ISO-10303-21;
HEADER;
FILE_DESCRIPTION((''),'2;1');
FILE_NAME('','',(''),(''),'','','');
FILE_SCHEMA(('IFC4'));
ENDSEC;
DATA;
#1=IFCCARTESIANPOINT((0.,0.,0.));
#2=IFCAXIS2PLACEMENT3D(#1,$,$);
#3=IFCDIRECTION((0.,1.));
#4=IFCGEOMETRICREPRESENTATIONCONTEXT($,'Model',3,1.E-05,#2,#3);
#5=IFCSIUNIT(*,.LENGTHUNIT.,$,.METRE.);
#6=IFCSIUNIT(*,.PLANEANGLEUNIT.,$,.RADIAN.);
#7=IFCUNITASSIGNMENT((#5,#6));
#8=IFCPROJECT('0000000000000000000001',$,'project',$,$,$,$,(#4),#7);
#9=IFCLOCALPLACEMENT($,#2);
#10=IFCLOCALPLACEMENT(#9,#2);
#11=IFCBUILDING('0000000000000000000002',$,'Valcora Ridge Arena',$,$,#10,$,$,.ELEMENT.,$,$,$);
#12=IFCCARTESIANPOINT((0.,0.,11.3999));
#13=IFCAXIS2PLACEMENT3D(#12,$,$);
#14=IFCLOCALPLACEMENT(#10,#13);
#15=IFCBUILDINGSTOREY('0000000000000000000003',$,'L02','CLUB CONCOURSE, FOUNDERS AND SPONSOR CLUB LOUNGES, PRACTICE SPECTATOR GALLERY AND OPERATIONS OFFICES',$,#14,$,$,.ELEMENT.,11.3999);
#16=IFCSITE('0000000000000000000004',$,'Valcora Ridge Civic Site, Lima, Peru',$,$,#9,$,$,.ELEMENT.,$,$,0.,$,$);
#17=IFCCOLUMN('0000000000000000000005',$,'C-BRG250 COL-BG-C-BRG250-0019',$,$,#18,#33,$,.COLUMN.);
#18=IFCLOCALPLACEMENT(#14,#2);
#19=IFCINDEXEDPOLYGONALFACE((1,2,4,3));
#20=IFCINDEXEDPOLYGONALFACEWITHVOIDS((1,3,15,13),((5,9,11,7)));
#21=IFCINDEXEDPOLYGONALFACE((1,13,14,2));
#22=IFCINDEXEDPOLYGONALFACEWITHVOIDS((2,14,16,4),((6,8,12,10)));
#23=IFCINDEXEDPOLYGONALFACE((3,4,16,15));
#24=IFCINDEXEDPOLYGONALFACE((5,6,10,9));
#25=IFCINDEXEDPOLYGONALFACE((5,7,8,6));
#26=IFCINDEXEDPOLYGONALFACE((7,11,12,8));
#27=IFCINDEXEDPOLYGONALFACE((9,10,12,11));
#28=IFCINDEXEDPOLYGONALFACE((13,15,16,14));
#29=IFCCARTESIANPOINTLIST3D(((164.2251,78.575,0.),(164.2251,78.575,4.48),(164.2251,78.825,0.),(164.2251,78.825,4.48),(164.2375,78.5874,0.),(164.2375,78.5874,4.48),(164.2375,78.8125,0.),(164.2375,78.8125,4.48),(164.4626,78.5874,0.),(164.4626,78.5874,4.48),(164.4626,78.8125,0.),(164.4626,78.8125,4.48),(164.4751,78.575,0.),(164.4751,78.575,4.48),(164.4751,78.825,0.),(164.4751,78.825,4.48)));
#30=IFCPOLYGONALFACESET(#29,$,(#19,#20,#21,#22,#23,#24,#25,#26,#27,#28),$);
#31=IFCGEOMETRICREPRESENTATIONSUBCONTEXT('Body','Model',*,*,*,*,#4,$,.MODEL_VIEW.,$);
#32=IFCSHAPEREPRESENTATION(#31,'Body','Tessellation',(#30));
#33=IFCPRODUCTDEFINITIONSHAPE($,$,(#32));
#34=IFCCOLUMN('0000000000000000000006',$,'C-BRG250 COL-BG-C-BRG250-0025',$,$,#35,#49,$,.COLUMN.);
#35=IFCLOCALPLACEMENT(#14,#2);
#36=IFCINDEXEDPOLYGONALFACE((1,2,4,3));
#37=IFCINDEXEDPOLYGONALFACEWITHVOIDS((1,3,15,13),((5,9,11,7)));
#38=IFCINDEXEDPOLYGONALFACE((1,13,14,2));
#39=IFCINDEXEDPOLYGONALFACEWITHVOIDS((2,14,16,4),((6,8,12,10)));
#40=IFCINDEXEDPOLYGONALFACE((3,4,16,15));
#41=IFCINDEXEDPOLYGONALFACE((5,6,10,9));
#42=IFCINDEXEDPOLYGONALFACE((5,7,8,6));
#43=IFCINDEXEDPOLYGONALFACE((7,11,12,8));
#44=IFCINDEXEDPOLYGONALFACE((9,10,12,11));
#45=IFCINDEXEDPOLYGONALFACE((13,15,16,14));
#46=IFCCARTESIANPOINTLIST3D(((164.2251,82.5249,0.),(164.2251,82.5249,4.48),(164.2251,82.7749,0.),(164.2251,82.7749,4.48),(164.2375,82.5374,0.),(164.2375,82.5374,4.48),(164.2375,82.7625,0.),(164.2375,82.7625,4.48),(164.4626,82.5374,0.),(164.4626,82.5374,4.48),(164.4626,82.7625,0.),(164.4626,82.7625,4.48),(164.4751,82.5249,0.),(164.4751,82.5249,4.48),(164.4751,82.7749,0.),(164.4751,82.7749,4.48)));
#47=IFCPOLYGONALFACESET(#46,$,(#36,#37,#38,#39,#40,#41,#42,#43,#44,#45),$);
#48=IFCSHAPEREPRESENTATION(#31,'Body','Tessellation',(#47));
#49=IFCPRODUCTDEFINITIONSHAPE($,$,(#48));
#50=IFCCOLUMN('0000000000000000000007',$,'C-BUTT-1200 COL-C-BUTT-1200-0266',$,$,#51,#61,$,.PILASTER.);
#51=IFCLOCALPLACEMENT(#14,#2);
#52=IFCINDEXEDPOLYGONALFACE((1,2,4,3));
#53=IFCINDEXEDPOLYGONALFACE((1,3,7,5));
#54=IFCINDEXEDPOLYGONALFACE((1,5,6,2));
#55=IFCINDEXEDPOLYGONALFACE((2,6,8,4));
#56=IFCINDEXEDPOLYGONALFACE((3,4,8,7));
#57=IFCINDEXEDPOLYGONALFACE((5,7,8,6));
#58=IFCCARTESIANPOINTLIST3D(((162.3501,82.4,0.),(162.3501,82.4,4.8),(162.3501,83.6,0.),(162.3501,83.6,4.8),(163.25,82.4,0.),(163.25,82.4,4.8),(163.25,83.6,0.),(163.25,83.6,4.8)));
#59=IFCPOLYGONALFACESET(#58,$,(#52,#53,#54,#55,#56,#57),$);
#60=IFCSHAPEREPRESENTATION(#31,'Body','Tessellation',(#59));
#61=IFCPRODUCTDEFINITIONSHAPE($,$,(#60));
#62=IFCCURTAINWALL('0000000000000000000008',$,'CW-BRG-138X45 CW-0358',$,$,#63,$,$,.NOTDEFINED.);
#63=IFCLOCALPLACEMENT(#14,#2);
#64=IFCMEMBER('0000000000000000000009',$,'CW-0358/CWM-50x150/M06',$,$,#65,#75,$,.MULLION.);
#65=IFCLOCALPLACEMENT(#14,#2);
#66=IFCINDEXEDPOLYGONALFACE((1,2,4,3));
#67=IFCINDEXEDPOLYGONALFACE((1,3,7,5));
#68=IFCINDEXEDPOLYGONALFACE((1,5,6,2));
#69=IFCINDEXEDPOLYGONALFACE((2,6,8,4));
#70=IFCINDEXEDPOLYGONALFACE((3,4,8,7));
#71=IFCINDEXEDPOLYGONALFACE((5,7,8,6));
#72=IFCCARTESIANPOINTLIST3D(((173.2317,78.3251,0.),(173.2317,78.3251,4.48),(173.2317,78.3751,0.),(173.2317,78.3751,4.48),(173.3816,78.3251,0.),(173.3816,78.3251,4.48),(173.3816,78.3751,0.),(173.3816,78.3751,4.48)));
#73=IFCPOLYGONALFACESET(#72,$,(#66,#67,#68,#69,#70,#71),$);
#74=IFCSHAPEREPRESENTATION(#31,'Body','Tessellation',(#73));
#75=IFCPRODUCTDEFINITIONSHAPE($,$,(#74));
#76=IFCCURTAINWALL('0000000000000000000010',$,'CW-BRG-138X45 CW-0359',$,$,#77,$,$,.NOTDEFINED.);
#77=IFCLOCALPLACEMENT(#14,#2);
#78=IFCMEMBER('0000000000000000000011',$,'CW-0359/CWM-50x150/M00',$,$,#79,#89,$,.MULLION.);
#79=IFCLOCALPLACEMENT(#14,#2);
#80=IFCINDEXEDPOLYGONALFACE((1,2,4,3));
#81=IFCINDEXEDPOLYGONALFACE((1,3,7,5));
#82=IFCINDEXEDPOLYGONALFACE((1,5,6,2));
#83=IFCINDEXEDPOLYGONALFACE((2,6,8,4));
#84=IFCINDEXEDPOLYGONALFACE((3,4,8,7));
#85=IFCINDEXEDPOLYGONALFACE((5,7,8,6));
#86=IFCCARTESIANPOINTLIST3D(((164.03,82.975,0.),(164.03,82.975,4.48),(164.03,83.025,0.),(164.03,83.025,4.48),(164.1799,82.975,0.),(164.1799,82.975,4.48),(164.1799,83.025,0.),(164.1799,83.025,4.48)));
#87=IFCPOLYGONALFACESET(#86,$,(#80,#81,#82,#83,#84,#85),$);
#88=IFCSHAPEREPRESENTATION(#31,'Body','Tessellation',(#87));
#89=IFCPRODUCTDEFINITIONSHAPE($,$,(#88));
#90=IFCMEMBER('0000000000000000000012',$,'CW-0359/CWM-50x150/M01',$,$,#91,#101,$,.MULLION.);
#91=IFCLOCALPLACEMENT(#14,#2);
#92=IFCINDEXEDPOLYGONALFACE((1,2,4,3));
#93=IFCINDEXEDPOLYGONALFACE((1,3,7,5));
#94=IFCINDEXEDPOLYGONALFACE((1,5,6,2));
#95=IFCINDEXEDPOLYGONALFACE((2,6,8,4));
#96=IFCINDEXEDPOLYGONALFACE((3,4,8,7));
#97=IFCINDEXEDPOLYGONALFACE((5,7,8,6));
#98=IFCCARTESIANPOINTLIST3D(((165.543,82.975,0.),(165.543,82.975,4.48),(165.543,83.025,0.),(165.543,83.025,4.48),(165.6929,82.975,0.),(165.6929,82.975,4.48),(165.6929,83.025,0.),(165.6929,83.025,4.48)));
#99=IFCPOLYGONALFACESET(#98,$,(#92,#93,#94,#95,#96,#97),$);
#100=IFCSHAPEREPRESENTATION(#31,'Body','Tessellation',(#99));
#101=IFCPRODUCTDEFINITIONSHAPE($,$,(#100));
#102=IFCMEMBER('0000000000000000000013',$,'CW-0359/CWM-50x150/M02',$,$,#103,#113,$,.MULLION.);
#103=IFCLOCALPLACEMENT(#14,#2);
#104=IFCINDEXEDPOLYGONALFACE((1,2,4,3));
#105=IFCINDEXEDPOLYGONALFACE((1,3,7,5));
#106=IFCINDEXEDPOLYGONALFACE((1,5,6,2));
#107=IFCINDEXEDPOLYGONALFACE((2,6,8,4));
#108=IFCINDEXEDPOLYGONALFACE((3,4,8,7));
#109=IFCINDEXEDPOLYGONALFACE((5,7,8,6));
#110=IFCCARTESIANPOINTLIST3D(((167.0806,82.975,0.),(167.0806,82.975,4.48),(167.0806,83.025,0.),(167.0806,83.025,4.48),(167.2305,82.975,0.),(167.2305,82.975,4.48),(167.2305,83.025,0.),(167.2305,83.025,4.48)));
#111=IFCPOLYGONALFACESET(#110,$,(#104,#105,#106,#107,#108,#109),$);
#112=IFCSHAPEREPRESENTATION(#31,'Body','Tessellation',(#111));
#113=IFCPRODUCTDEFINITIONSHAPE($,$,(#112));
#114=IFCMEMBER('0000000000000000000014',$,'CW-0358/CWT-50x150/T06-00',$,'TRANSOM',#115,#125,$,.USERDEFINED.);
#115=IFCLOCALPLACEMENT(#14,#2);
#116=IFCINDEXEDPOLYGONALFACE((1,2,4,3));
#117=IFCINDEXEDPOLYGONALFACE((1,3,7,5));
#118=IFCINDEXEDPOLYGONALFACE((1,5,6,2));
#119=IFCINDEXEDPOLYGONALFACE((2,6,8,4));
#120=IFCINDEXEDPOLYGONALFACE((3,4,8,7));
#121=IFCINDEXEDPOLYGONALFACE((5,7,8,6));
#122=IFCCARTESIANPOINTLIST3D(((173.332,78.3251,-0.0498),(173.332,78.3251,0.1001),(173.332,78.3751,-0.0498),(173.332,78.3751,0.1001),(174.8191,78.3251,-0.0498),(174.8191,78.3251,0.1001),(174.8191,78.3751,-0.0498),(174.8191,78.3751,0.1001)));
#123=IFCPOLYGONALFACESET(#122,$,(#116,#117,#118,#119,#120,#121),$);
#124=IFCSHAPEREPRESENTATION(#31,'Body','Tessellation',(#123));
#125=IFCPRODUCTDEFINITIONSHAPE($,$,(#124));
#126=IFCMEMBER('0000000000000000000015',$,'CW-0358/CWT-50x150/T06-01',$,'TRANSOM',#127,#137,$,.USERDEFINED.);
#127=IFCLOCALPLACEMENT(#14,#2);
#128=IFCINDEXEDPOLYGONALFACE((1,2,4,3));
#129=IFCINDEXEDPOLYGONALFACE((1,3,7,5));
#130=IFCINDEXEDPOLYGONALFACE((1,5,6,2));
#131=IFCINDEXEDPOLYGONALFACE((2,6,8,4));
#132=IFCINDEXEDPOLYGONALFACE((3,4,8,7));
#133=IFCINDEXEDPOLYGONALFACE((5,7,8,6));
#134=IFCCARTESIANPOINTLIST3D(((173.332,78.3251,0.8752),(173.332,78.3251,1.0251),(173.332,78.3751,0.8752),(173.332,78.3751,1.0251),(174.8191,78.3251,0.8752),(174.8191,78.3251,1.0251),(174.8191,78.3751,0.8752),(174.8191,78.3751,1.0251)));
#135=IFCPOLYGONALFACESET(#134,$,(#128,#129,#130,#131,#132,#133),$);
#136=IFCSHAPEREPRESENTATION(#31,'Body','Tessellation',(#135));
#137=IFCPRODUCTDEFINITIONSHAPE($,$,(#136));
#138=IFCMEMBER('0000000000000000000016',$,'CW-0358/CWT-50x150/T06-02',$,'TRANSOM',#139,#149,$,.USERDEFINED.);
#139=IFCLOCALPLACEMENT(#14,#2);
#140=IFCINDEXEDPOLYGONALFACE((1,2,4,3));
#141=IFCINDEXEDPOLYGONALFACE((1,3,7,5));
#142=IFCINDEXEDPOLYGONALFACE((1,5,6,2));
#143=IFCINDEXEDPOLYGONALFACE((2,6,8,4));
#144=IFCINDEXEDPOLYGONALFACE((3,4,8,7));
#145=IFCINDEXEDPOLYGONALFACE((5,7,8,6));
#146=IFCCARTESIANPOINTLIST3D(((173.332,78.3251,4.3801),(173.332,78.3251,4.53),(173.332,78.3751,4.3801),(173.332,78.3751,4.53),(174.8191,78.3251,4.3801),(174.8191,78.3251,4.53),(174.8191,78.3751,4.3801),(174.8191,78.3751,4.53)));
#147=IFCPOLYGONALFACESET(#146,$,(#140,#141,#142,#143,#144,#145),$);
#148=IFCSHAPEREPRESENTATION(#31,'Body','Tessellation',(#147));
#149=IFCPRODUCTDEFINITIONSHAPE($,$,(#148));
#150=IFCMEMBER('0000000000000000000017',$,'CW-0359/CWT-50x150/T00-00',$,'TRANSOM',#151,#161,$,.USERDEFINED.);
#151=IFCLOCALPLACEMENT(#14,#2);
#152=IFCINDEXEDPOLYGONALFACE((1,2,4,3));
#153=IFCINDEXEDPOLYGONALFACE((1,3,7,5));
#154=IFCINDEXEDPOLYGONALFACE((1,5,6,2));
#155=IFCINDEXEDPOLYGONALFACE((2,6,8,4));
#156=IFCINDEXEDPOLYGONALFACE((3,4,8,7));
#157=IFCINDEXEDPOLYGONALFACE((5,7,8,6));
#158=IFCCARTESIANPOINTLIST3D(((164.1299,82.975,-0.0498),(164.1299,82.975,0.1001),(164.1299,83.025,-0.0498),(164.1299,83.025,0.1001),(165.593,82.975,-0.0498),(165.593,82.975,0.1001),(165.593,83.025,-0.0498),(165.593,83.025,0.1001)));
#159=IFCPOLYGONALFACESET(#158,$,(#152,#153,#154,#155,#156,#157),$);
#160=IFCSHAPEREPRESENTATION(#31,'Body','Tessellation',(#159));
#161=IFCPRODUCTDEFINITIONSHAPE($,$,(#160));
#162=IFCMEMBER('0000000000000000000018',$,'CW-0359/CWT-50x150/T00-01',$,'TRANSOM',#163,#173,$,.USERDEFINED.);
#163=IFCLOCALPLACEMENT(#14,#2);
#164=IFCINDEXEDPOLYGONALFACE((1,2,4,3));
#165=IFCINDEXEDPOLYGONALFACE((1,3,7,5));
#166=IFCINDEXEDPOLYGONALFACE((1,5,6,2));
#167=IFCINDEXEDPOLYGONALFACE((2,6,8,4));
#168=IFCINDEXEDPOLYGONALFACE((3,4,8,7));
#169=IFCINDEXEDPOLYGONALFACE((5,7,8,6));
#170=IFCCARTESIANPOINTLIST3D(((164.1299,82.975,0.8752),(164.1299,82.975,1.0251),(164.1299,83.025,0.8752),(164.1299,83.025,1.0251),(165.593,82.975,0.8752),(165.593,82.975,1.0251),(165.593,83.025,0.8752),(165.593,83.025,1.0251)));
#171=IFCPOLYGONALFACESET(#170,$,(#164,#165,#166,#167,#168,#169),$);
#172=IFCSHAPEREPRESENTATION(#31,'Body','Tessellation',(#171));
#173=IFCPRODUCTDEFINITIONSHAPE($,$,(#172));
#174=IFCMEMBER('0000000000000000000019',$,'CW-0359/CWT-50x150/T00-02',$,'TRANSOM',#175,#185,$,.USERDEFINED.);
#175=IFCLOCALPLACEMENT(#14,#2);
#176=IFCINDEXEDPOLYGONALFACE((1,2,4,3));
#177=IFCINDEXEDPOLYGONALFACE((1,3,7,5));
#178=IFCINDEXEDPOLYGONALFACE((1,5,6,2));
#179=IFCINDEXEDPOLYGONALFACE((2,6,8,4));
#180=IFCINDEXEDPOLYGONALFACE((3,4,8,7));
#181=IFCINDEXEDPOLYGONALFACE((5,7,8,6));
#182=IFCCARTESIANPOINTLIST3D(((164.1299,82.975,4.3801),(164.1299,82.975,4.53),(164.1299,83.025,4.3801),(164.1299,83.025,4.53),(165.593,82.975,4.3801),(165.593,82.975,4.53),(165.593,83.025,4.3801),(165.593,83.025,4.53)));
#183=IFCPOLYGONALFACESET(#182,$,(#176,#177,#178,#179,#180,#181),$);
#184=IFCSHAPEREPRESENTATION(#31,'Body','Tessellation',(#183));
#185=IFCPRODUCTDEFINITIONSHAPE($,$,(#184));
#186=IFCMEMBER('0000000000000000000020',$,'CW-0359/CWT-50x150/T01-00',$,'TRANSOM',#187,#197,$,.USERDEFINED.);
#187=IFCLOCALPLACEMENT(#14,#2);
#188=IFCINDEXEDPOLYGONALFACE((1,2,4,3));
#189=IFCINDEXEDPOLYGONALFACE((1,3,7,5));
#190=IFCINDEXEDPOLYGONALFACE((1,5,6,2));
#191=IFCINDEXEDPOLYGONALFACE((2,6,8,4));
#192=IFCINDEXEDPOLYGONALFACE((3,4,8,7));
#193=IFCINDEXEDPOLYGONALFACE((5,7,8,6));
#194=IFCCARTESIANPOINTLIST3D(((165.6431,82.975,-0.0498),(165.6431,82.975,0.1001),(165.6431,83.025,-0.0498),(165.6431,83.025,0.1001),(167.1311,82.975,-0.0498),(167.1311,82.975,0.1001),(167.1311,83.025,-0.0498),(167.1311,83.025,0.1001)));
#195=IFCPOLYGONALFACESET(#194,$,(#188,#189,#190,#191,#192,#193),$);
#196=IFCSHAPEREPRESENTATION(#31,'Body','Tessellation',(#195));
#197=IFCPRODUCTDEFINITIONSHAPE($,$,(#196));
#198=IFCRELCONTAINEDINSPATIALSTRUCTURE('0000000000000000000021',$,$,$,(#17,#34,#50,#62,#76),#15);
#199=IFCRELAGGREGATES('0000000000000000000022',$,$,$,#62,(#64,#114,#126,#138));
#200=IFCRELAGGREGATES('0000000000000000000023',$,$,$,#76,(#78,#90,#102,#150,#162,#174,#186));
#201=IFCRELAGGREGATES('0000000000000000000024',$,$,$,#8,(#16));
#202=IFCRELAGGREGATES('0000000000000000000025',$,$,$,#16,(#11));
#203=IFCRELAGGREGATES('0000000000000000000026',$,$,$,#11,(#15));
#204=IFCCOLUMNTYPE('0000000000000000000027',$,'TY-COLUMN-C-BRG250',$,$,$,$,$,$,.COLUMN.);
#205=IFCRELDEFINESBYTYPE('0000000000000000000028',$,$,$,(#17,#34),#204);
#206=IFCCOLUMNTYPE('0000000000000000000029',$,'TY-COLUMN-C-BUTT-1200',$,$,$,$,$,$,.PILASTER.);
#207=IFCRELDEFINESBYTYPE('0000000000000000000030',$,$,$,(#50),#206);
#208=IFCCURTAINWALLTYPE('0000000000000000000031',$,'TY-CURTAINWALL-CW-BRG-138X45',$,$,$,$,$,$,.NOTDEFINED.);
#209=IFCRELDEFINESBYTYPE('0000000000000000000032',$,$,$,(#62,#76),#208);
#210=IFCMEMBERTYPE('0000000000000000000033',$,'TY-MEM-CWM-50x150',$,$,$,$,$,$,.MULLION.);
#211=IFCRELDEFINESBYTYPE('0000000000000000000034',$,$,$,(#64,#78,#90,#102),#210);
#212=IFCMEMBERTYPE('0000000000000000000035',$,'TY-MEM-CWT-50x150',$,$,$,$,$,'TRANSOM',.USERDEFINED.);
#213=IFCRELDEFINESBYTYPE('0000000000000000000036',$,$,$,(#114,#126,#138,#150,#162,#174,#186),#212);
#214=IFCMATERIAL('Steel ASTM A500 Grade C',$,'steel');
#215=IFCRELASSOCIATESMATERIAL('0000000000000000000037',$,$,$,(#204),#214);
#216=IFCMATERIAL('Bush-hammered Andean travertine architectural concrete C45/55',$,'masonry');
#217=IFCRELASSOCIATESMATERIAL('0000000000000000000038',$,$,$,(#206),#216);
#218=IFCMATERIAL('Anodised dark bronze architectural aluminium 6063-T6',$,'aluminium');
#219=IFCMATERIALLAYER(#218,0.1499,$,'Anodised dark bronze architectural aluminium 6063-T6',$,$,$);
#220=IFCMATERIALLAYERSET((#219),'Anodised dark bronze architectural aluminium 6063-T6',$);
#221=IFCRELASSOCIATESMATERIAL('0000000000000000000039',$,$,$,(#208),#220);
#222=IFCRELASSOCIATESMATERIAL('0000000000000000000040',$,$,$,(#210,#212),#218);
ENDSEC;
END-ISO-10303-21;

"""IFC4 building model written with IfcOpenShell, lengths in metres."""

from ifc_helpers import new_model, si_unit, direction, frame, origin, origin_2d, place, context, subcontext, project, spatial, rectangle, hollow_rectangle, extrude, material, layer, layer_set, material_profile, profile_set, type_object, element, aggregate, save


model = new_model("IFC4")

# Units and contexts
model_context = context("Model", 3, precision=1e-05, world=origin(), true_north=direction((0.0, 1.0)))
body_context = subcontext(model_context, "Body", "Model", "MODEL_VIEW")
ifc_project = project(units=[si_unit("LENGTHUNIT", "METRE"), si_unit("PLANEANGLEUNIT", "RADIAN")], contexts=[model_context])

# Site, building, storey
site_placement = place(None, origin())
site = spatial("IfcSite", under=ifc_project, at=site_placement, Name="Valcora Ridge Civic Site, Lima, Peru", CompositionType="ELEMENT", RefElevation=0.0)
building_placement = place(site_placement, origin())
building = spatial("IfcBuilding", under=site, at=building_placement, Name="Valcora Ridge Arena", CompositionType="ELEMENT")
storey_placement = place(building_placement, frame((0.0, 0.0, 11.3999)))
storey = spatial("IfcBuildingStorey", under=building, at=storey_placement, Name="L02", Description="CLUB CONCOURSE, FOUNDERS AND SPONSOR CLUB LOUNGES, PRACTICE SPECTATOR GALLERY AND OPERATIONS OFFICES", CompositionType="ELEMENT", Elevation=11.3999)

# Columns
ifc_material_1 = material(Name="Steel ASTM A500 Grade C", Category="steel")
ifc_material_profile_1 = material_profile(ifc_material_1, hollow_rectangle(XDim=0.25, YDim=0.25, WallThickness=0.0125, at=origin_2d()), Name="HSS250X250X12")
ifc_profile_set_1 = profile_set([ifc_material_profile_1], Name="Steel ASTM A500 Grade C")
column_type_1 = type_object("IfcColumnType", Name="TY-COLUMN-C-BRG250", PredefinedType="COLUMN", material=ifc_profile_set_1)
for number, where, z_axis, x_axis, name in (
    (1, (164.3501, 78.7, 0.0), (0.0, 0.0, 1.0), (1.0, 0.0, 0.0), "C-BRG250 COL-BG-C-BRG250-0019"),
    (2, (164.3501, 82.6499, 0.0), (0.0, 0.0, 1.0), (1.0, 0.0, 0.0), "C-BRG250 COL-BG-C-BRG250-0025"),
):
    element("IfcColumn", number, at=place(storey_placement, frame(where, z_axis=z_axis, x_axis=x_axis)), inside=storey, type_object=column_type_1, Name=name, PredefinedType="COLUMN", context=body_context, shape_type="SweptSolid", body=[
        extrude(hollow_rectangle(XDim=0.25, YDim=0.25, WallThickness=0.0125, at=origin_2d()), origin(), (0.0, 0.0, 1.0), 4.48),
    ])
ifc_material_2 = material(Name="Bush-hammered Andean travertine architectural concrete C45/55", Category="masonry")
ifc_material_profile_2 = material_profile(ifc_material_2, rectangle(XDim=0.8999, YDim=1.2, at=origin_2d()), Name="RC 900x1200")
ifc_profile_set_2 = profile_set([ifc_material_profile_2], Name="Bush-hammered Andean travertine architectural concrete C45/55")
column_type_2 = type_object("IfcColumnType", Name="TY-COLUMN-C-BUTT-1200", PredefinedType="PILASTER", material=ifc_profile_set_2)
column_placement = place(storey_placement, frame((162.8, 83.0, 0.0), z_axis=(0.0, 0.0, 1.0), x_axis=(1.0, 0.0, 0.0)))
element("IfcColumn", 3, at=column_placement, inside=storey, type_object=column_type_2, Name="C-BUTT-1200 COL-C-BUTT-1200-0266", PredefinedType="PILASTER", context=body_context, shape_type="SweptSolid", body=[
    extrude(rectangle(XDim=0.8999, YDim=1.2, at=origin_2d()), origin(), (0.0, 0.0, 1.0), 4.8),
])

# Curtain wall, member
ifc_material_3 = material(Name="Anodised dark bronze architectural aluminium 6063-T6", Category="aluminium")
ifc_layer_1 = layer(ifc_material_3, 0.1499, Name="Anodised dark bronze architectural aluminium 6063-T6")
ifc_layer_set_1 = layer_set([ifc_layer_1], Name="Anodised dark bronze architectural aluminium 6063-T6")
curtain_wall_type = type_object("IfcCurtainWallType", Name="TY-CURTAINWALL-CW-BRG-138X45", PredefinedType="NOTDEFINED", material=ifc_layer_set_1)
curtain_wall_1_placement = place(storey_placement, origin())
curtain_wall_1 = element("IfcCurtainWall", 4, at=curtain_wall_1_placement, inside=storey, type_object=curtain_wall_type, Name="CW-BRG-138X45 CW-0358", PredefinedType="NOTDEFINED")
ifc_material_profile_3 = material_profile(ifc_material_3, rectangle(XDim=0.05, YDim=0.1499, at=origin_2d()), Name="ALU MULLION 50x150")
ifc_profile_set_3 = profile_set([ifc_material_profile_3], Name="Anodised dark bronze architectural aluminium 6063-T6")
member_type_1 = type_object("IfcMemberType", Name="TY-MEM-CWM-50x150", PredefinedType="MULLION", material=ifc_profile_set_3)
member_1_placement = place(storey_placement, frame((173.3066, 78.3501, 0.0), z_axis=(0.0, 0.0, 1.0), x_axis=(0.0, 1.0, 0.0)))
member_1 = element("IfcMember", 5, at=member_1_placement, type_object=member_type_1, Name="CW-0358/CWM-50x150/M06", PredefinedType="MULLION", context=body_context, shape_type="SweptSolid", body=[
    extrude(rectangle(XDim=0.05, YDim=0.1499, at=origin_2d()), origin(), (0.0, 0.0, 1.0), 4.48),
])

# Curtain wall, members
curtain_wall_2_placement = place(storey_placement, origin())
curtain_wall_2 = element("IfcCurtainWall", 6, at=curtain_wall_2_placement, inside=storey, type_object=curtain_wall_type, Name="CW-BRG-138X45 CW-0359", PredefinedType="NOTDEFINED")
member_2_placement = place(storey_placement, frame((164.105, 83.0, 0.0), z_axis=(0.0, 0.0, 1.0), x_axis=(0.0, 1.0, 0.0)))
member_2 = element("IfcMember", 7, at=member_2_placement, type_object=member_type_1, Name="CW-0359/CWM-50x150/M00", PredefinedType="MULLION", context=body_context, shape_type="SweptSolid", body=[
    extrude(rectangle(XDim=0.05, YDim=0.1499, at=origin_2d()), origin(), (0.0, 0.0, 1.0), 4.48),
])
member_3_placement = place(storey_placement, frame((165.6179, 83.0, 0.0), z_axis=(0.0, 0.0, 1.0), x_axis=(0.0, 1.0, 0.0)))
member_3 = element("IfcMember", 8, at=member_3_placement, type_object=member_type_1, Name="CW-0359/CWM-50x150/M01", PredefinedType="MULLION", context=body_context, shape_type="SweptSolid", body=[
    extrude(rectangle(XDim=0.05, YDim=0.1499, at=origin_2d()), origin(), (0.0, 0.0, 1.0), 4.48),
])
member_4_placement = place(storey_placement, frame((167.1555, 83.0, 0.0), z_axis=(0.0, 0.0, 1.0), x_axis=(0.0, 1.0, 0.0)))
member_4 = element("IfcMember", 9, at=member_4_placement, type_object=member_type_1, Name="CW-0359/CWM-50x150/M02", PredefinedType="MULLION", context=body_context, shape_type="SweptSolid", body=[
    extrude(rectangle(XDim=0.05, YDim=0.1499, at=origin_2d()), origin(), (0.0, 0.0, 1.0), 4.48),
])

# Members
ifc_material_profile_4 = material_profile(ifc_material_3, rectangle(XDim=0.05, YDim=0.1499, at=origin_2d()), Name="ALU TRANSOM 50x150")
ifc_profile_set_4 = profile_set([ifc_material_profile_4], Name="Anodised dark bronze architectural aluminium 6063-T6")
member_type_2 = type_object("IfcMemberType", Name="TY-MEM-CWT-50x150", ElementType="TRANSOM", PredefinedType="USERDEFINED", material=ifc_profile_set_4)
member_5_placement = place(storey_placement, frame((173.332, 78.3501, 0.0251), z_axis=(1.0, 0.0, 0.0), x_axis=(0.0, 1.0, 0.0)))
member_5 = element("IfcMember", 10, at=member_5_placement, type_object=member_type_2, Name="CW-0358/CWT-50x150/T06-00", ObjectType="TRANSOM", PredefinedType="USERDEFINED", context=body_context, shape_type="SweptSolid", body=[
    extrude(rectangle(XDim=0.05, YDim=0.1499, at=origin_2d()), origin(), (0.0, 0.0, 1.0), 1.4871),
])
member_6_placement = place(storey_placement, frame((173.332, 78.3501, 0.9502), z_axis=(1.0, 0.0, 0.0), x_axis=(0.0, 1.0, 0.0)))
member_6 = element("IfcMember", 11, at=member_6_placement, type_object=member_type_2, Name="CW-0358/CWT-50x150/T06-01", ObjectType="TRANSOM", PredefinedType="USERDEFINED", context=body_context, shape_type="SweptSolid", body=[
    extrude(rectangle(XDim=0.05, YDim=0.1499, at=origin_2d()), origin(), (0.0, 0.0, 1.0), 1.4871),
])
member_7_placement = place(storey_placement, frame((173.332, 78.3501, 4.4551), z_axis=(1.0, 0.0, 0.0), x_axis=(0.0, 1.0, 0.0)))
member_7 = element("IfcMember", 12, at=member_7_placement, type_object=member_type_2, Name="CW-0358/CWT-50x150/T06-02", ObjectType="TRANSOM", PredefinedType="USERDEFINED", context=body_context, shape_type="SweptSolid", body=[
    extrude(rectangle(XDim=0.05, YDim=0.1499, at=origin_2d()), origin(), (0.0, 0.0, 1.0), 1.4871),
])
aggregate(curtain_wall_1, [member_1, member_5, member_6, member_7])
member_8_placement = place(storey_placement, frame((164.1299, 83.0, 0.0251), z_axis=(1.0, 0.0, 0.0), x_axis=(0.0, 1.0, 0.0)))
member_8 = element("IfcMember", 13, at=member_8_placement, type_object=member_type_2, Name="CW-0359/CWT-50x150/T00-00", ObjectType="TRANSOM", PredefinedType="USERDEFINED", context=body_context, shape_type="SweptSolid", body=[
    extrude(rectangle(XDim=0.05, YDim=0.1499, at=origin_2d()), origin(), (0.0, 0.0, 1.0), 1.4631),
])
member_9_placement = place(storey_placement, frame((164.1299, 83.0, 0.9502), z_axis=(1.0, 0.0, 0.0), x_axis=(0.0, 1.0, 0.0)))
member_9 = element("IfcMember", 14, at=member_9_placement, type_object=member_type_2, Name="CW-0359/CWT-50x150/T00-01", ObjectType="TRANSOM", PredefinedType="USERDEFINED", context=body_context, shape_type="SweptSolid", body=[
    extrude(rectangle(XDim=0.05, YDim=0.1499, at=origin_2d()), origin(), (0.0, 0.0, 1.0), 1.4631),
])
member_10_placement = place(storey_placement, frame((164.1299, 83.0, 4.4551), z_axis=(1.0, 0.0, 0.0), x_axis=(0.0, 1.0, 0.0)))
member_10 = element("IfcMember", 15, at=member_10_placement, type_object=member_type_2, Name="CW-0359/CWT-50x150/T00-02", ObjectType="TRANSOM", PredefinedType="USERDEFINED", context=body_context, shape_type="SweptSolid", body=[
    extrude(rectangle(XDim=0.05, YDim=0.1499, at=origin_2d()), origin(), (0.0, 0.0, 1.0), 1.4631),
])
member_11_placement = place(storey_placement, frame((165.6431, 83.0, 0.0251), z_axis=(1.0, 0.0, 0.0), x_axis=(0.0, 1.0, 0.0)))
member_11 = element("IfcMember", 16, at=member_11_placement, type_object=member_type_2, Name="CW-0359/CWT-50x150/T01-00", ObjectType="TRANSOM", PredefinedType="USERDEFINED", context=body_context, shape_type="SweptSolid", body=[
    extrude(rectangle(XDim=0.05, YDim=0.1499, at=origin_2d()), origin(), (0.0, 0.0, 1.0), 1.488),
])

aggregate(curtain_wall_2, [member_2, member_3, member_4, member_8, member_9, member_10, member_11])

save(model, "model.ifc")
